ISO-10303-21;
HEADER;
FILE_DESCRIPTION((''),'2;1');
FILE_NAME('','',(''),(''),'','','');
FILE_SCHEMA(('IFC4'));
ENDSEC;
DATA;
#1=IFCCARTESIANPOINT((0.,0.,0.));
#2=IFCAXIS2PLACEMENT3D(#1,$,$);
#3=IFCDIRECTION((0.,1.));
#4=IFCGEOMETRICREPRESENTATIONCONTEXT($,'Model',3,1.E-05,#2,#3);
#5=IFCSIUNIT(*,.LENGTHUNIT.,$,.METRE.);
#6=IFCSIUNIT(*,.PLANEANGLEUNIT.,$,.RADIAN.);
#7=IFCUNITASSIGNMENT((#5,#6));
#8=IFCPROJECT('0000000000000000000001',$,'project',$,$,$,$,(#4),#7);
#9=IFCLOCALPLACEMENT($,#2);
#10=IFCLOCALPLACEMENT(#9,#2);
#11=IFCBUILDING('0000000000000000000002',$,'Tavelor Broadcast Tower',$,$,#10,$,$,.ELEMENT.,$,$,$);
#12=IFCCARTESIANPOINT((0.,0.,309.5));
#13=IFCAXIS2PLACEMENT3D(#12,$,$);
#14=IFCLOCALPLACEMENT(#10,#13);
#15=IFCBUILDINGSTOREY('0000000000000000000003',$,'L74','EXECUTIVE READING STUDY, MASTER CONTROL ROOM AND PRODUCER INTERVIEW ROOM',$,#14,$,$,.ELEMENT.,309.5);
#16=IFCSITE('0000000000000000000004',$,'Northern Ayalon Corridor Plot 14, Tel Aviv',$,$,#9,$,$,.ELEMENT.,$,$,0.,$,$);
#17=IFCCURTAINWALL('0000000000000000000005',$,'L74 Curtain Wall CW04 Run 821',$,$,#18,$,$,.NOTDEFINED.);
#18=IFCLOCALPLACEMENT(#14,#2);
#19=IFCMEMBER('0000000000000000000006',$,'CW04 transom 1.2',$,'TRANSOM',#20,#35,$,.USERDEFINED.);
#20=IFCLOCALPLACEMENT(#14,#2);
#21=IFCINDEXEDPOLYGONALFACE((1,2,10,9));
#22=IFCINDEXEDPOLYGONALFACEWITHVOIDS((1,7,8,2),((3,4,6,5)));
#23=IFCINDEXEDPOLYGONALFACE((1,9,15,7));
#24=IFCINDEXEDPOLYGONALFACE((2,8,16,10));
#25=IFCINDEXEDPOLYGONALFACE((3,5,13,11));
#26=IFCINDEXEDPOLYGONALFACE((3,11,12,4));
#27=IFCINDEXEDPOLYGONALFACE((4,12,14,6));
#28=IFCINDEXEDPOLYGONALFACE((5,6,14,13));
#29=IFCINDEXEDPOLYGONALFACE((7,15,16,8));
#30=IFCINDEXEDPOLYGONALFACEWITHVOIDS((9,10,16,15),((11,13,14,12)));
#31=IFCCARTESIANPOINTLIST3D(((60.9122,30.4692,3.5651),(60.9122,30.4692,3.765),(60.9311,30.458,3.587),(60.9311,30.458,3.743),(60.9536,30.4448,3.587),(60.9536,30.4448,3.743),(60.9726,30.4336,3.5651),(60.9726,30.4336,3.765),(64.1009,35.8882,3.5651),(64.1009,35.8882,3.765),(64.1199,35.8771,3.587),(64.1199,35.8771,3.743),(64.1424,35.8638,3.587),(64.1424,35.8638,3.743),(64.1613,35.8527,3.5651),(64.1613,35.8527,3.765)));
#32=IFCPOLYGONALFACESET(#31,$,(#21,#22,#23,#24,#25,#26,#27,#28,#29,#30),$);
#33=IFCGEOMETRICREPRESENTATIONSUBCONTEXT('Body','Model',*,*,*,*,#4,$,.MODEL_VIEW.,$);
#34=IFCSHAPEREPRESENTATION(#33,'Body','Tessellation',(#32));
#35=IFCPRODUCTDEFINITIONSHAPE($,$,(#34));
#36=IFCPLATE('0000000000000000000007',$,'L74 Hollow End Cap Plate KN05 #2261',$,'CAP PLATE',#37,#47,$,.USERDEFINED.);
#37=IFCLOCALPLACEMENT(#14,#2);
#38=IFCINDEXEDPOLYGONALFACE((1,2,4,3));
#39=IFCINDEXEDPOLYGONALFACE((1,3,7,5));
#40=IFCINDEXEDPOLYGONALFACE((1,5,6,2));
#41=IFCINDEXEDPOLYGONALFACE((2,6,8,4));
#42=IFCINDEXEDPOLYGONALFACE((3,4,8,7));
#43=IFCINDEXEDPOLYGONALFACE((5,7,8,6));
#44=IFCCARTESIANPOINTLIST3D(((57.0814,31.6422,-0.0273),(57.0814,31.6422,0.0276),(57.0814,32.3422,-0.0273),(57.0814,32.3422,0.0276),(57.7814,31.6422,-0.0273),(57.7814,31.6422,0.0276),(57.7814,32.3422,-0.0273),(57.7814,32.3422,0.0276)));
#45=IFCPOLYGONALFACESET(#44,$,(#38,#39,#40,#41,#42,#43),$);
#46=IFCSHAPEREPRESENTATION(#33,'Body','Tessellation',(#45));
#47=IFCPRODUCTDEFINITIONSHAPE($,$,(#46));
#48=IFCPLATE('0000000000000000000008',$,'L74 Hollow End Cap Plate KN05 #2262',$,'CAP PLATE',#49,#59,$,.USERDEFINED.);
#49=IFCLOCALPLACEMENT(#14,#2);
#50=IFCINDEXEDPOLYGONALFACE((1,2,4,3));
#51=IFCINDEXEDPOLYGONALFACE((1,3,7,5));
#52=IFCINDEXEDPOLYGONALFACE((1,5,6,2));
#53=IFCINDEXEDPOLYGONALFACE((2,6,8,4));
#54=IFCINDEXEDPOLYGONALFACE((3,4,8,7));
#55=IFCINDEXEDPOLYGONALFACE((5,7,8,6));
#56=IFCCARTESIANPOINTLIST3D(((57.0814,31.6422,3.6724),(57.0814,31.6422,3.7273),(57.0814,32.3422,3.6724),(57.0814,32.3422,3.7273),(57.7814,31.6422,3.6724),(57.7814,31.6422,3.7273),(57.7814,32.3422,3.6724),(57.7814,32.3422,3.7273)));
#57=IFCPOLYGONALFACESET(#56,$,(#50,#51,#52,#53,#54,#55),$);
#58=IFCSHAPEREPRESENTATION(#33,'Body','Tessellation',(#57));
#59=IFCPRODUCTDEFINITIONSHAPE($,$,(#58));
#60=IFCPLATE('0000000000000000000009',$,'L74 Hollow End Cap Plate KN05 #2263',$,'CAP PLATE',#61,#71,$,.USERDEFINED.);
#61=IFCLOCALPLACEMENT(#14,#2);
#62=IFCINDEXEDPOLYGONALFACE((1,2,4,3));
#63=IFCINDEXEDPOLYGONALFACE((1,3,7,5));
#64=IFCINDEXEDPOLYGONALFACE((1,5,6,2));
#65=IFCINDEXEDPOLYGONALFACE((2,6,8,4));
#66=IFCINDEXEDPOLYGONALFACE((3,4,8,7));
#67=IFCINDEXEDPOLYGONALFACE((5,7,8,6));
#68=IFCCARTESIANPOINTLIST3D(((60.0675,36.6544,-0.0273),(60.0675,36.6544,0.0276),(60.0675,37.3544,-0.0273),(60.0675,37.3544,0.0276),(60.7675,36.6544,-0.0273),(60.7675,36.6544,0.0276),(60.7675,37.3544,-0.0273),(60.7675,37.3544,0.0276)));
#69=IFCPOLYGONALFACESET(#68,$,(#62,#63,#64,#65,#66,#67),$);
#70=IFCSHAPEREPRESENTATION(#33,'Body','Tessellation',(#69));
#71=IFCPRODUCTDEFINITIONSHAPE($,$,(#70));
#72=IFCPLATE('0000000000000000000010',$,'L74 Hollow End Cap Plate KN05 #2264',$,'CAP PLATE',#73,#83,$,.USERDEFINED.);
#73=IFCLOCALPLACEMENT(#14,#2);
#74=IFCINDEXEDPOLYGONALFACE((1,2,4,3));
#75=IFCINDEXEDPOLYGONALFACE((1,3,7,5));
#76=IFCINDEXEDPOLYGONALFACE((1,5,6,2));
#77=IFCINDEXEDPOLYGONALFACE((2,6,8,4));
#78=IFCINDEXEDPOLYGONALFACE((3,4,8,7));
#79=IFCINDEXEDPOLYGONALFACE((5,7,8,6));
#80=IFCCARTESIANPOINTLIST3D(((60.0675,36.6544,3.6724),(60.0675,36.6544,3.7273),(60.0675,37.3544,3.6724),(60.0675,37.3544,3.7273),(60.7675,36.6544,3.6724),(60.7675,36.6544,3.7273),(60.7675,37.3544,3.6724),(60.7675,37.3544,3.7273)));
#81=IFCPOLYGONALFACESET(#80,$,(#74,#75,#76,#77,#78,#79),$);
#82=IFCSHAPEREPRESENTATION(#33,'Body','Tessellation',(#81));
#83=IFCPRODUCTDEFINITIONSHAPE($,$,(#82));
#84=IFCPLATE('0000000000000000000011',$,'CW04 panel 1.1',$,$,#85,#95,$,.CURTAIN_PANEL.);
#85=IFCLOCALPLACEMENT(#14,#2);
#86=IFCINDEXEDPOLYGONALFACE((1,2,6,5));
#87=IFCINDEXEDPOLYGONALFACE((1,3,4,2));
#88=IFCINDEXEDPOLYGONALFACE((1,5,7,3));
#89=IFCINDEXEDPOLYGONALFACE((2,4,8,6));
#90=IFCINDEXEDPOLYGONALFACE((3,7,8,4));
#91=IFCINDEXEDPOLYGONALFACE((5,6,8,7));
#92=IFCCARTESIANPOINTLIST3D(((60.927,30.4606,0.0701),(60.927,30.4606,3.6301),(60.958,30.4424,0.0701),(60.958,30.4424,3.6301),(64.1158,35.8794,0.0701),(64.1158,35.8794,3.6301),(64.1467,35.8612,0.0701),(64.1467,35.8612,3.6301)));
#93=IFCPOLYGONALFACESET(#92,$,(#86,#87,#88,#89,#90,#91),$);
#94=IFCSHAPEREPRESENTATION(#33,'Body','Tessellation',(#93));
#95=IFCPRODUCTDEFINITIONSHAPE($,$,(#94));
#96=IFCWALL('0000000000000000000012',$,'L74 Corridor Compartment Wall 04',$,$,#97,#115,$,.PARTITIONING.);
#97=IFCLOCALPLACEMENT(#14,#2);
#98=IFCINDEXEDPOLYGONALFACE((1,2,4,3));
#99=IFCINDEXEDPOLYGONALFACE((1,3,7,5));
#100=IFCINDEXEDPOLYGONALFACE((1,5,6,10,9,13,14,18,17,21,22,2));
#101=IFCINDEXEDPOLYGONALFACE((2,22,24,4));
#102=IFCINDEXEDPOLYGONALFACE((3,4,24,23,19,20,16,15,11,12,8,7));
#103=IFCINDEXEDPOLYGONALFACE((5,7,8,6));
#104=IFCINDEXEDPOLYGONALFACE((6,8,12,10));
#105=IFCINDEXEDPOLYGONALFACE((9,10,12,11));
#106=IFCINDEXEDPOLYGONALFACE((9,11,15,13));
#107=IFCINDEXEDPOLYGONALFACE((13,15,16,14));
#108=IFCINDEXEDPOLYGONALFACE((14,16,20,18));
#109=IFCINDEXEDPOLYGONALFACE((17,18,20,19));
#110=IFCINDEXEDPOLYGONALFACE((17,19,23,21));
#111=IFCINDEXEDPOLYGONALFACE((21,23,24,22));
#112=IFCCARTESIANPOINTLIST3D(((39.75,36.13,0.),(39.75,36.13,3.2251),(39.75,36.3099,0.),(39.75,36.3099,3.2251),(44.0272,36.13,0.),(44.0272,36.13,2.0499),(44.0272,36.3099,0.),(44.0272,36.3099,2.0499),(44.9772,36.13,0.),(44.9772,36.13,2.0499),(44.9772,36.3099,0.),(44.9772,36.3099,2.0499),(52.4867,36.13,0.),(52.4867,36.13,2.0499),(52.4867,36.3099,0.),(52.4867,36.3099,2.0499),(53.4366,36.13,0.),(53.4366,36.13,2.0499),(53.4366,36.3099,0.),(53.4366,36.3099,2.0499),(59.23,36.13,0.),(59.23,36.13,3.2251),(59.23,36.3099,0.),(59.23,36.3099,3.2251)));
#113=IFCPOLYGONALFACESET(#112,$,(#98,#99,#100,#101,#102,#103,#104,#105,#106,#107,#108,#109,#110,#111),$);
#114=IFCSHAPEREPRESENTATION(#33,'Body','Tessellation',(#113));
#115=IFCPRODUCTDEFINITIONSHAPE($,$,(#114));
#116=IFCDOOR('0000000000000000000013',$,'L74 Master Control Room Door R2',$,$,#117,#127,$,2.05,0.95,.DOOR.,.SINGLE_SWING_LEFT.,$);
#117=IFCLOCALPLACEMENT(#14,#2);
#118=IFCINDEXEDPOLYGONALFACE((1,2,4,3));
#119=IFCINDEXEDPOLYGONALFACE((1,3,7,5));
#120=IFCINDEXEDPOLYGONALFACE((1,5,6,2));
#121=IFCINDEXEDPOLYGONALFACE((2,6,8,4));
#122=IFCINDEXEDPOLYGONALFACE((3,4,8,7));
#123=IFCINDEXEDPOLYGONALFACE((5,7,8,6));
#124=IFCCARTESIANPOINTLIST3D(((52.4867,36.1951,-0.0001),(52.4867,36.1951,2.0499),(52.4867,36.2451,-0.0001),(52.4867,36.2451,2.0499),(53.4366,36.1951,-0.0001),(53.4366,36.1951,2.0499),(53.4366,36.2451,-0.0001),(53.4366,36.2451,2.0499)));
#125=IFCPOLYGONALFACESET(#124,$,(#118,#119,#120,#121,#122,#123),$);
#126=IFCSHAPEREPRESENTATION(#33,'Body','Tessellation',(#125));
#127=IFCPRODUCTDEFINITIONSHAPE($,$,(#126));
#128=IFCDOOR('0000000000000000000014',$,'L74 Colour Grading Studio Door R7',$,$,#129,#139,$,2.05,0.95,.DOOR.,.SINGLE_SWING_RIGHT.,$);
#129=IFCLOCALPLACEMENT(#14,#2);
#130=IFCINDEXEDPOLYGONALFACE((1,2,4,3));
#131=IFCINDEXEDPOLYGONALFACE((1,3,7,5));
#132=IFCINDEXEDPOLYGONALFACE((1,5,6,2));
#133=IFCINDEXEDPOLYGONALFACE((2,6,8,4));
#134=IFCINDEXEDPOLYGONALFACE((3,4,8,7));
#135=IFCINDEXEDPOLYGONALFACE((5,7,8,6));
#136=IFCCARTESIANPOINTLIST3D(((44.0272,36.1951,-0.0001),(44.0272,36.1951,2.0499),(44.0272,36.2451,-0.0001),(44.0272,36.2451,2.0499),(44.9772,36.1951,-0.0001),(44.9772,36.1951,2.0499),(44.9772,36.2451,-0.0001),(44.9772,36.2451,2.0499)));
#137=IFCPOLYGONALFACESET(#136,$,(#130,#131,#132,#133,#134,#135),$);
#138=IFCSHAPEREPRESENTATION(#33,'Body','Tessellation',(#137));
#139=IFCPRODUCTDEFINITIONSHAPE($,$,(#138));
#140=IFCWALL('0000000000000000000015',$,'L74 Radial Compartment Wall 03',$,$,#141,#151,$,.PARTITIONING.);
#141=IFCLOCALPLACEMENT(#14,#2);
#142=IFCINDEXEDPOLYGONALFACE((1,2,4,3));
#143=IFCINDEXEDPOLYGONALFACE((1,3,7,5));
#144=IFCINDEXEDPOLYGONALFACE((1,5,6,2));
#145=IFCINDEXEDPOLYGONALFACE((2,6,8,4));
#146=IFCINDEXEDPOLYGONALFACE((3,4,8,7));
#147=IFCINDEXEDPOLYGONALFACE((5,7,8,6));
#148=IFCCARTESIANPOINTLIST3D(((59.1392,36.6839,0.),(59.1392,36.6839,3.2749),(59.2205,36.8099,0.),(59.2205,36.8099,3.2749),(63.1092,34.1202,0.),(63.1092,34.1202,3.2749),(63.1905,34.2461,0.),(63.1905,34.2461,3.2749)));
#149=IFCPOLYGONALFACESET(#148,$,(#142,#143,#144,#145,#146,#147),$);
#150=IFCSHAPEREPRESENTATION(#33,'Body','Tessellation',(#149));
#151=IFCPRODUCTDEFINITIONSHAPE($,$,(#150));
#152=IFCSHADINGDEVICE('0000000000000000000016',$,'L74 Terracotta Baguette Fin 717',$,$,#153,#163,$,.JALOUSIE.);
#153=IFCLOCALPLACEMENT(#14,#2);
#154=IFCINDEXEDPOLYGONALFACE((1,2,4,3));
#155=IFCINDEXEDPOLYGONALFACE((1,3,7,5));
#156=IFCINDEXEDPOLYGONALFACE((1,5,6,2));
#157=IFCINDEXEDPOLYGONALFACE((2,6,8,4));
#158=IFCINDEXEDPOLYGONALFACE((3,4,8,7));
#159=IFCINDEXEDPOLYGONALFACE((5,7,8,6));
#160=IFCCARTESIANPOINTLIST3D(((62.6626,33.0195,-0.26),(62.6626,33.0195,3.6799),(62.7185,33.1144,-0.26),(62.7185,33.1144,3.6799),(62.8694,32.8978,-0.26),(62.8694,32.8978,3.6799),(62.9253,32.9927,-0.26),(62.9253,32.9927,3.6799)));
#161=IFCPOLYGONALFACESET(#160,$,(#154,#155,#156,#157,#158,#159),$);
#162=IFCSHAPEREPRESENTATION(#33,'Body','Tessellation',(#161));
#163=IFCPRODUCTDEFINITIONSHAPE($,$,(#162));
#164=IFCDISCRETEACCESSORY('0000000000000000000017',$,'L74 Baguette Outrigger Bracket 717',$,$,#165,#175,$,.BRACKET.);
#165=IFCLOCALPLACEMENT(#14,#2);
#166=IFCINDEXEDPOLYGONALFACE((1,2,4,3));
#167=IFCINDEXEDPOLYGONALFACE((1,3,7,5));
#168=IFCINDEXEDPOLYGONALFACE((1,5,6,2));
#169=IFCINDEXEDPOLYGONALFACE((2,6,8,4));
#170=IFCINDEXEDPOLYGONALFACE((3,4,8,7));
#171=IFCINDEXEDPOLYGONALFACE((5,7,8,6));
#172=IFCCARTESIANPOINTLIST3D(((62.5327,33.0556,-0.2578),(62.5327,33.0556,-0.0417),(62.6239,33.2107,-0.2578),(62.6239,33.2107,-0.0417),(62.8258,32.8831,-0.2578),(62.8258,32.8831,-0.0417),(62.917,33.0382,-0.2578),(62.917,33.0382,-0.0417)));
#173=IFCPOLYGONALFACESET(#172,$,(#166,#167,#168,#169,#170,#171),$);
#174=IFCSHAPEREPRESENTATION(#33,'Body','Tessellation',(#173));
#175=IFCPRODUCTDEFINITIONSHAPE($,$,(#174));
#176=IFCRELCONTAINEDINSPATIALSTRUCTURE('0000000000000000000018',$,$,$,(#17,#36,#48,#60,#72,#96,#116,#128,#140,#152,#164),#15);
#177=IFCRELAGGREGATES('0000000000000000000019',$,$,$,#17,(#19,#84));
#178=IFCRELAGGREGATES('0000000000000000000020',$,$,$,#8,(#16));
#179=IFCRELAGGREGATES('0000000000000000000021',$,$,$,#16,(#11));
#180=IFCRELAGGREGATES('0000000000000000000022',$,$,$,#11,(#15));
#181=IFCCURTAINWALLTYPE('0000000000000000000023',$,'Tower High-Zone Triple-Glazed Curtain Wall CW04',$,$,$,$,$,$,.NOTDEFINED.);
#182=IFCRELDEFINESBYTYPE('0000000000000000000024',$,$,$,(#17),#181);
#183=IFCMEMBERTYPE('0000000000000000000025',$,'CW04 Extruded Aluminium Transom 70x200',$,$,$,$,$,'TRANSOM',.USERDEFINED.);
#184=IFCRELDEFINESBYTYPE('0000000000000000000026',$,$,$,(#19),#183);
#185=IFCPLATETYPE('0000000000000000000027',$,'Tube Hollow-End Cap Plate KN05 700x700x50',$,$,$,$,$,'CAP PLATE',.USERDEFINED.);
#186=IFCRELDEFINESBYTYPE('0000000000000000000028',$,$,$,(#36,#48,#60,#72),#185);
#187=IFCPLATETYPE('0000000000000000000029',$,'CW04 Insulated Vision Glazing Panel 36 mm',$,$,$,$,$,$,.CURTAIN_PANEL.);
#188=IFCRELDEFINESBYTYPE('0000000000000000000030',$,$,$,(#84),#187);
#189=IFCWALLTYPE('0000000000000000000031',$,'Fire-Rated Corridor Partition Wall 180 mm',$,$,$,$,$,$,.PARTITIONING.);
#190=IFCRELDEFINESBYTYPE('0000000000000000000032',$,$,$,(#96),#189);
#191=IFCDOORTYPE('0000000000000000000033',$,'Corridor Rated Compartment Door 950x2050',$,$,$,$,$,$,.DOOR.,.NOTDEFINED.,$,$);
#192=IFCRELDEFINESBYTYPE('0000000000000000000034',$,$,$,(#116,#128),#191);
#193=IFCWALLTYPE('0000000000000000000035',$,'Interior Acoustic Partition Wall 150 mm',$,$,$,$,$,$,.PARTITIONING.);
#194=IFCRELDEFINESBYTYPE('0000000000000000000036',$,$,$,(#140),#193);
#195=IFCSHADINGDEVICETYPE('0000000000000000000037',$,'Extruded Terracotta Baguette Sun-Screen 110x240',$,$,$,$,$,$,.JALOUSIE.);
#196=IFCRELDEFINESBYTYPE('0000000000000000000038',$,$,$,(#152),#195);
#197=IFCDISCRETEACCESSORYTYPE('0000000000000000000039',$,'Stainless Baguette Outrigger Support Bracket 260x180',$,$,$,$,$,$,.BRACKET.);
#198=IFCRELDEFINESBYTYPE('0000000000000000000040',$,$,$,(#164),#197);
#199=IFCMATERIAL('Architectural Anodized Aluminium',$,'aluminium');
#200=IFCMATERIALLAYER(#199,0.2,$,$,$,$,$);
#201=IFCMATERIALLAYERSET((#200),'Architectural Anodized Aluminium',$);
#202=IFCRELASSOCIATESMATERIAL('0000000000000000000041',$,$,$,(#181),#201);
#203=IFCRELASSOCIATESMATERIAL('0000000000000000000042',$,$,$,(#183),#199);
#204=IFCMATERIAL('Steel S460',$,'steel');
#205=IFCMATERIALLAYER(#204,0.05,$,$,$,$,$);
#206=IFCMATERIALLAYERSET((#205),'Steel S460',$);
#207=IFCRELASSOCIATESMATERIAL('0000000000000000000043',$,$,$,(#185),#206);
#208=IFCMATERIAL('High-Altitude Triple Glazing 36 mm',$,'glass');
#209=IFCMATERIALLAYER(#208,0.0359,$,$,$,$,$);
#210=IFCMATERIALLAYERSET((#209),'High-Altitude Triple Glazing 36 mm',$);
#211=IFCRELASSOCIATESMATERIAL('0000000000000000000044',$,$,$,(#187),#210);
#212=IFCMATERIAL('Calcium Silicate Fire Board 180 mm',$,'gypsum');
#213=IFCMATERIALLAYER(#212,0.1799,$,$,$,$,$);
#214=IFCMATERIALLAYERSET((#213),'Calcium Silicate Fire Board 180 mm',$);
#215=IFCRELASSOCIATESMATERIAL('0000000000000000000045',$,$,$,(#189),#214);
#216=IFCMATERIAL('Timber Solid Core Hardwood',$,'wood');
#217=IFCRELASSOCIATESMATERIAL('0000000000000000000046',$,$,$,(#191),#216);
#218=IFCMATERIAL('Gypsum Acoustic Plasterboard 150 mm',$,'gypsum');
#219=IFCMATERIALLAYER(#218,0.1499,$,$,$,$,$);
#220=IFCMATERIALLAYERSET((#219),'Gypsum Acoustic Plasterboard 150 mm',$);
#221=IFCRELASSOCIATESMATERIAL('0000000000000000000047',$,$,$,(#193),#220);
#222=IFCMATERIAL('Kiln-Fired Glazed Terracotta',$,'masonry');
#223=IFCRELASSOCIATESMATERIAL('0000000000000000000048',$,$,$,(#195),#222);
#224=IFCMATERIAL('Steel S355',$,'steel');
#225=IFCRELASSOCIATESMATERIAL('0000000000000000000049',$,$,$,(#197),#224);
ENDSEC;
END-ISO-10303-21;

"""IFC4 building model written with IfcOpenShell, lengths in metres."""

from ifc_helpers import new_model, si_unit, direction, frame, frame_2d, origin, origin_2d, place, context, subcontext, project, spatial, rectangle, hollow_rectangle, extrude, source, transform, mapped, material, layer, layer_set, material_profile, profile_set, type_object, type_shapes, element, fill, aggregate, save


model = new_model("IFC4")

# Units and contexts
model_context = context("Model", 3, precision=1e-05, world=origin(), true_north=direction((0.0, 1.0)))
body_context = subcontext(model_context, "Body", "Model", "MODEL_VIEW")
ifc_project = project(units=[si_unit("LENGTHUNIT", "METRE"), si_unit("PLANEANGLEUNIT", "RADIAN")], contexts=[model_context])

# Site, building, storey
site_placement = place(None, origin())
site = spatial("IfcSite", under=ifc_project, at=site_placement, Name="Northern Ayalon Corridor Plot 14, Tel Aviv", CompositionType="ELEMENT", RefElevation=0.0)
building_placement = place(site_placement, origin())
building = spatial("IfcBuilding", under=site, at=building_placement, Name="Tavelor Broadcast Tower", CompositionType="ELEMENT")
storey_placement = place(building_placement, frame((0.0, 0.0, 309.5)))
storey = spatial("IfcBuildingStorey", under=building, at=storey_placement, Name="L74", Description="EXECUTIVE READING STUDY, MASTER CONTROL ROOM AND PRODUCER INTERVIEW ROOM", CompositionType="ELEMENT", Elevation=309.5)

# Shared definitions
ifc_material_1 = material(Name="Steel S460", Category="steel")

# Shared definitions
ifc_material_2 = material(Name="Steel S355", Category="steel")

# Curtain wall
ifc_material_3 = material(Name="Architectural Anodized Aluminium", Category="aluminium")
ifc_layer_1 = layer(ifc_material_3, 0.2)
ifc_layer_set_1 = layer_set([ifc_layer_1], Name="Architectural Anodized Aluminium")
curtain_wall_type = type_object("IfcCurtainWallType", Name="Tower High-Zone Triple-Glazed Curtain Wall CW04", PredefinedType="NOTDEFINED", material=ifc_layer_set_1)
curtain_wall_1_placement = place(storey_placement, origin())
curtain_wall_1 = element("IfcCurtainWall", 1, at=curtain_wall_1_placement, inside=storey, type_object=curtain_wall_type, Name="L74 Curtain Wall CW04 Run 821", PredefinedType="NOTDEFINED")
ifc_material_profile_1 = material_profile(ifc_material_3, hollow_rectangle(XDim=0.0701, YDim=0.2, WallThickness=0.022, at=origin_2d()), Name="RHS 70x200x22")
ifc_profile_set_1 = profile_set([ifc_material_profile_1], Name="Architectural Anodized Aluminium")
member_type_1 = type_object("IfcMemberType", Name="CW04 Extruded Aluminium Transom 70x200", ElementType="TRANSOM", PredefinedType="USERDEFINED", material=ifc_profile_set_1)

# Member
shared_shape_1 = source(origin(), body_context, "Body", "SweptSolid", [
    extrude(hollow_rectangle(XDim=0.0701, YDim=0.2, WallThickness=0.022, at=origin_2d()), origin(), (0.0, 0.0, 1.0), 6.2876),
])
member_1_placement = place(storey_placement, frame((60.9424, 30.4514, 3.665), z_axis=(0.507151, 0.861857, 0.0), x_axis=(-0.861857, 0.507151, 0.0)))
member_1 = element("IfcMember", 2, at=member_1_placement, type_object=member_type_1, Name="CW04 transom 1.2", ObjectType="TRANSOM", PredefinedType="USERDEFINED", context=body_context, shape_type="MappedRepresentation", body=[
    mapped(shared_shape_1, transform((0.0, 0.0, 0.0), scale=1.0)),
])

# Plates
ifc_layer_2 = layer(ifc_material_1, 0.05)
ifc_layer_set_2 = layer_set([ifc_layer_2], Name="Steel S460")
plate_type_1 = type_object("IfcPlateType", Name="Tube Hollow-End Cap Plate KN05 700x700x50", ElementType="CAP PLATE", PredefinedType="USERDEFINED", material=ifc_layer_set_2)
shared_shape_2 = source(origin(), body_context, "Body", "SweptSolid", [
    extrude(rectangle(XDim=0.7, YDim=0.7, at=origin_2d()), origin(), (0.0, 0.0, 1.0), 0.0549),
])
type_shapes(plate_type_1, [shared_shape_2])
for number, where, z_axis, x_axis, name in (
    (3, (57.4314, 31.9922, -0.0273), (0.0, 0.0, 1.0), (1.0, 0.0, 0.0), "L74 Hollow End Cap Plate KN05 #2261"),
    (4, (57.4314, 31.9922, 3.6724), (0.0, 0.0, 1.0), (1.0, 0.0, 0.0), "L74 Hollow End Cap Plate KN05 #2262"),
    (5, (60.4175, 37.0044, -0.0273), (0.0, 0.0, 1.0), (1.0, 0.0, 0.0), "L74 Hollow End Cap Plate KN05 #2263"),
    (6, (60.4175, 37.0044, 3.6724), (0.0, 0.0, 1.0), (1.0, 0.0, 0.0), "L74 Hollow End Cap Plate KN05 #2264"),
):
    element("IfcPlate", number, at=place(storey_placement, frame(where, z_axis=z_axis, x_axis=x_axis)), inside=storey, type_object=plate_type_1, Name=name, ObjectType="CAP PLATE", PredefinedType="USERDEFINED", context=body_context, shape_type="MappedRepresentation", body=[
        mapped(shared_shape_2, transform((0.0, 0.0, 0.0), scale=1.0)),
    ])

# Plate
ifc_material_4 = material(Name="High-Altitude Triple Glazing 36 mm", Category="glass")
ifc_layer_3 = layer(ifc_material_4, 0.0359)
ifc_layer_set_3 = layer_set([ifc_layer_3], Name="High-Altitude Triple Glazing 36 mm")
plate_type_2 = type_object("IfcPlateType", Name="CW04 Insulated Vision Glazing Panel 36 mm", PredefinedType="CURTAIN_PANEL", material=ifc_layer_set_3)
shared_shape_3 = source(origin(), body_context, "Body", "SweptSolid", [
    extrude(rectangle(XDim=6.2874, YDim=0.0359, at=origin_2d()), origin(), (0.0, 0.0, 1.0), 3.5601),
])
type_shapes(plate_type_2, [shared_shape_3])
plate_placement = place(storey_placement, frame((62.5369, 33.1609, 0.0701), z_axis=(0.0, 0.0, 1.0), x_axis=(0.507167, 0.861848, 0.0)))
plate = element("IfcPlate", 7, at=plate_placement, type_object=plate_type_2, Name="CW04 panel 1.1", PredefinedType="CURTAIN_PANEL", context=body_context, shape_type="MappedRepresentation", body=[
    mapped(shared_shape_3, transform((0.0, 0.0, 0.0), scale=1.0)),
])
aggregate(curtain_wall_1, [member_1, plate])

# Wall, openings, doors
ifc_material_5 = material(Name="Calcium Silicate Fire Board 180 mm", Category="gypsum")
ifc_layer_4 = layer(ifc_material_5, 0.1799)
ifc_layer_set_4 = layer_set([ifc_layer_4], Name="Calcium Silicate Fire Board 180 mm")
wall_type_1 = type_object("IfcWallType", Name="Fire-Rated Corridor Partition Wall 180 mm", PredefinedType="PARTITIONING", material=ifc_layer_set_4)
wall_1_placement = place(storey_placement, frame((59.23, 36.22, 0.0), z_axis=(0.0, 0.0, 1.0), x_axis=(-1.0, 0.0, 0.0)))
wall_1 = element("IfcWall", 8, at=wall_1_placement, inside=storey, type_object=wall_type_1, Name="L74 Corridor Compartment Wall 04", PredefinedType="PARTITIONING", context=body_context, shape_type="SweptSolid", body=[
    extrude(rectangle(XDim=19.48, YDim=0.1799, at=frame_2d((9.74, 0.0))), origin(), (0.0, 0.0, 1.0), 3.2251),
])
opening_1_placement = place(wall_1_placement, frame((5.7932, 0.0, 0.0)))
opening_1 = element("IfcOpeningElement", 9, at=opening_1_placement, cuts=wall_1, PredefinedType="OPENING", context=body_context, shape_type="SweptSolid", body=[
    extrude(rectangle(XDim=0.95, YDim=2.05, at=frame_2d((0.4751, 1.0249))), frame((0.0, 0.1001, 0.0), z_axis=(0.0, -1.0, 0.0), x_axis=(1.0, 0.0, 0.0)), (0.0, 0.0, 1.0), 0.2),
])
opening_2_placement = place(wall_1_placement, frame((14.2527, 0.0, 0.0)))
opening_2 = element("IfcOpeningElement", 10, at=opening_2_placement, cuts=wall_1, PredefinedType="OPENING", context=body_context, shape_type="SweptSolid", body=[
    extrude(rectangle(XDim=0.95, YDim=2.05, at=frame_2d((0.4751, 1.0249))), frame((0.0, 0.1001, 0.0), z_axis=(0.0, -1.0, 0.0), x_axis=(1.0, 0.0, 0.0)), (0.0, 0.0, 1.0), 0.2),
])
ifc_material_6 = material(Name="Timber Solid Core Hardwood", Category="wood")
door_type = type_object("IfcDoorType", Name="Corridor Rated Compartment Door 950x2050", OperationType="NOTDEFINED", PredefinedType="DOOR", material=ifc_material_6)
door_1_placement = place(opening_1_placement, origin())
door_1 = element("IfcDoor", 11, at=door_1_placement, inside=storey, type_object=door_type, Name="L74 Master Control Room Door R2", OperationType="SINGLE_SWING_LEFT", OverallHeight=2.05, OverallWidth=0.95, PredefinedType="DOOR", context=body_context, shape_type="SweptSolid", body=[
    extrude(rectangle(XDim=0.95, YDim=2.05, at=frame_2d((0.4751, 1.0249))), frame((0.0, 0.0249, 0.0), z_axis=(0.0, -1.0, 0.0), x_axis=(1.0, 0.0, 0.0)), (0.0, 0.0, 1.0), 0.05),
])
fill(opening_1, door_1)
door_2_placement = place(opening_2_placement, origin())
door_2 = element("IfcDoor", 12, at=door_2_placement, inside=storey, type_object=door_type, Name="L74 Colour Grading Studio Door R7", OperationType="SINGLE_SWING_RIGHT", OverallHeight=2.05, OverallWidth=0.95, PredefinedType="DOOR", context=body_context, shape_type="SweptSolid", body=[
    extrude(rectangle(XDim=0.95, YDim=2.05, at=frame_2d((0.4751, 1.0249))), frame((0.0, 0.0249, 0.0), z_axis=(0.0, -1.0, 0.0), x_axis=(1.0, 0.0, 0.0)), (0.0, 0.0, 1.0), 0.05),
])
fill(opening_2, door_2)

# Wall
ifc_material_7 = material(Name="Gypsum Acoustic Plasterboard 150 mm", Category="gypsum")
ifc_layer_5 = layer(ifc_material_7, 0.1499)
ifc_layer_set_5 = layer_set([ifc_layer_5], Name="Gypsum Acoustic Plasterboard 150 mm")
wall_type_2 = type_object("IfcWallType", Name="Interior Acoustic Partition Wall 150 mm", PredefinedType="PARTITIONING", material=ifc_layer_set_5)
wall_2_placement = place(storey_placement, frame((59.1799, 36.7468, 0.0), z_axis=(0.0, 0.0, 1.0), x_axis=(0.84006, -0.542493, 0.0)))
element("IfcWall", 13, at=wall_2_placement, inside=storey, type_object=wall_type_2, Name="L74 Radial Compartment Wall 03", PredefinedType="PARTITIONING", context=body_context, shape_type="SweptSolid", body=[
    extrude(rectangle(XDim=4.7258, YDim=0.1499, at=frame_2d((2.3628, 0.0))), origin(), (0.0, 0.0, 1.0), 3.2749),
])

# Shading device
ifc_material_8 = material(Name="Kiln-Fired Glazed Terracotta", Category="masonry")
shading_device_type = type_object("IfcShadingDeviceType", Name="Extruded Terracotta Baguette Sun-Screen 110x240", PredefinedType="JALOUSIE", material=ifc_material_8)
shared_shape_4 = source(origin(), body_context, "Body", "SweptSolid", [
    extrude(rectangle(XDim=0.1101, YDim=0.24, at=origin_2d()), origin(), (0.0, 0.0, 1.0), 3.9399),
])
type_shapes(shading_device_type, [shared_shape_4])
shading_device_placement = place(storey_placement, frame((62.7939, 33.0061, -0.26), z_axis=(0.0, 0.0, 1.0), x_axis=(0.507238, 0.861806, 0.0)))
element("IfcShadingDevice", 14, at=shading_device_placement, inside=storey, type_object=shading_device_type, Name="L74 Terracotta Baguette Fin 717", PredefinedType="JALOUSIE", context=body_context, shape_type="MappedRepresentation", body=[
    mapped(shared_shape_4, transform((0.0, 0.0, 0.0), scale=1.0)),
])

# Discrete accessory
discrete_accessory_type = type_object("IfcDiscreteAccessoryType", Name="Stainless Baguette Outrigger Support Bracket 260x180", PredefinedType="BRACKET", material=ifc_material_2)
shared_shape_5 = source(origin(), body_context, "Body", "SweptSolid", [
    extrude(rectangle(XDim=0.1799, YDim=0.3401, at=origin_2d()), origin(), (0.0, 0.0, 1.0), 0.2161),
])
type_shapes(discrete_accessory_type, [shared_shape_5])
discrete_accessory_placement = place(storey_placement, frame((62.7249, 33.0469, -0.2578), z_axis=(0.0, 0.0, 1.0), x_axis=(0.507238, 0.861806, 0.0)))
element("IfcDiscreteAccessory", 15, at=discrete_accessory_placement, inside=storey, type_object=discrete_accessory_type, Name="L74 Baguette Outrigger Bracket 717", PredefinedType="BRACKET", context=body_context, shape_type="MappedRepresentation", body=[
    mapped(shared_shape_5, transform((0.0, 0.0, 0.0), scale=1.0)),
])

save(model, "model.ifc")
